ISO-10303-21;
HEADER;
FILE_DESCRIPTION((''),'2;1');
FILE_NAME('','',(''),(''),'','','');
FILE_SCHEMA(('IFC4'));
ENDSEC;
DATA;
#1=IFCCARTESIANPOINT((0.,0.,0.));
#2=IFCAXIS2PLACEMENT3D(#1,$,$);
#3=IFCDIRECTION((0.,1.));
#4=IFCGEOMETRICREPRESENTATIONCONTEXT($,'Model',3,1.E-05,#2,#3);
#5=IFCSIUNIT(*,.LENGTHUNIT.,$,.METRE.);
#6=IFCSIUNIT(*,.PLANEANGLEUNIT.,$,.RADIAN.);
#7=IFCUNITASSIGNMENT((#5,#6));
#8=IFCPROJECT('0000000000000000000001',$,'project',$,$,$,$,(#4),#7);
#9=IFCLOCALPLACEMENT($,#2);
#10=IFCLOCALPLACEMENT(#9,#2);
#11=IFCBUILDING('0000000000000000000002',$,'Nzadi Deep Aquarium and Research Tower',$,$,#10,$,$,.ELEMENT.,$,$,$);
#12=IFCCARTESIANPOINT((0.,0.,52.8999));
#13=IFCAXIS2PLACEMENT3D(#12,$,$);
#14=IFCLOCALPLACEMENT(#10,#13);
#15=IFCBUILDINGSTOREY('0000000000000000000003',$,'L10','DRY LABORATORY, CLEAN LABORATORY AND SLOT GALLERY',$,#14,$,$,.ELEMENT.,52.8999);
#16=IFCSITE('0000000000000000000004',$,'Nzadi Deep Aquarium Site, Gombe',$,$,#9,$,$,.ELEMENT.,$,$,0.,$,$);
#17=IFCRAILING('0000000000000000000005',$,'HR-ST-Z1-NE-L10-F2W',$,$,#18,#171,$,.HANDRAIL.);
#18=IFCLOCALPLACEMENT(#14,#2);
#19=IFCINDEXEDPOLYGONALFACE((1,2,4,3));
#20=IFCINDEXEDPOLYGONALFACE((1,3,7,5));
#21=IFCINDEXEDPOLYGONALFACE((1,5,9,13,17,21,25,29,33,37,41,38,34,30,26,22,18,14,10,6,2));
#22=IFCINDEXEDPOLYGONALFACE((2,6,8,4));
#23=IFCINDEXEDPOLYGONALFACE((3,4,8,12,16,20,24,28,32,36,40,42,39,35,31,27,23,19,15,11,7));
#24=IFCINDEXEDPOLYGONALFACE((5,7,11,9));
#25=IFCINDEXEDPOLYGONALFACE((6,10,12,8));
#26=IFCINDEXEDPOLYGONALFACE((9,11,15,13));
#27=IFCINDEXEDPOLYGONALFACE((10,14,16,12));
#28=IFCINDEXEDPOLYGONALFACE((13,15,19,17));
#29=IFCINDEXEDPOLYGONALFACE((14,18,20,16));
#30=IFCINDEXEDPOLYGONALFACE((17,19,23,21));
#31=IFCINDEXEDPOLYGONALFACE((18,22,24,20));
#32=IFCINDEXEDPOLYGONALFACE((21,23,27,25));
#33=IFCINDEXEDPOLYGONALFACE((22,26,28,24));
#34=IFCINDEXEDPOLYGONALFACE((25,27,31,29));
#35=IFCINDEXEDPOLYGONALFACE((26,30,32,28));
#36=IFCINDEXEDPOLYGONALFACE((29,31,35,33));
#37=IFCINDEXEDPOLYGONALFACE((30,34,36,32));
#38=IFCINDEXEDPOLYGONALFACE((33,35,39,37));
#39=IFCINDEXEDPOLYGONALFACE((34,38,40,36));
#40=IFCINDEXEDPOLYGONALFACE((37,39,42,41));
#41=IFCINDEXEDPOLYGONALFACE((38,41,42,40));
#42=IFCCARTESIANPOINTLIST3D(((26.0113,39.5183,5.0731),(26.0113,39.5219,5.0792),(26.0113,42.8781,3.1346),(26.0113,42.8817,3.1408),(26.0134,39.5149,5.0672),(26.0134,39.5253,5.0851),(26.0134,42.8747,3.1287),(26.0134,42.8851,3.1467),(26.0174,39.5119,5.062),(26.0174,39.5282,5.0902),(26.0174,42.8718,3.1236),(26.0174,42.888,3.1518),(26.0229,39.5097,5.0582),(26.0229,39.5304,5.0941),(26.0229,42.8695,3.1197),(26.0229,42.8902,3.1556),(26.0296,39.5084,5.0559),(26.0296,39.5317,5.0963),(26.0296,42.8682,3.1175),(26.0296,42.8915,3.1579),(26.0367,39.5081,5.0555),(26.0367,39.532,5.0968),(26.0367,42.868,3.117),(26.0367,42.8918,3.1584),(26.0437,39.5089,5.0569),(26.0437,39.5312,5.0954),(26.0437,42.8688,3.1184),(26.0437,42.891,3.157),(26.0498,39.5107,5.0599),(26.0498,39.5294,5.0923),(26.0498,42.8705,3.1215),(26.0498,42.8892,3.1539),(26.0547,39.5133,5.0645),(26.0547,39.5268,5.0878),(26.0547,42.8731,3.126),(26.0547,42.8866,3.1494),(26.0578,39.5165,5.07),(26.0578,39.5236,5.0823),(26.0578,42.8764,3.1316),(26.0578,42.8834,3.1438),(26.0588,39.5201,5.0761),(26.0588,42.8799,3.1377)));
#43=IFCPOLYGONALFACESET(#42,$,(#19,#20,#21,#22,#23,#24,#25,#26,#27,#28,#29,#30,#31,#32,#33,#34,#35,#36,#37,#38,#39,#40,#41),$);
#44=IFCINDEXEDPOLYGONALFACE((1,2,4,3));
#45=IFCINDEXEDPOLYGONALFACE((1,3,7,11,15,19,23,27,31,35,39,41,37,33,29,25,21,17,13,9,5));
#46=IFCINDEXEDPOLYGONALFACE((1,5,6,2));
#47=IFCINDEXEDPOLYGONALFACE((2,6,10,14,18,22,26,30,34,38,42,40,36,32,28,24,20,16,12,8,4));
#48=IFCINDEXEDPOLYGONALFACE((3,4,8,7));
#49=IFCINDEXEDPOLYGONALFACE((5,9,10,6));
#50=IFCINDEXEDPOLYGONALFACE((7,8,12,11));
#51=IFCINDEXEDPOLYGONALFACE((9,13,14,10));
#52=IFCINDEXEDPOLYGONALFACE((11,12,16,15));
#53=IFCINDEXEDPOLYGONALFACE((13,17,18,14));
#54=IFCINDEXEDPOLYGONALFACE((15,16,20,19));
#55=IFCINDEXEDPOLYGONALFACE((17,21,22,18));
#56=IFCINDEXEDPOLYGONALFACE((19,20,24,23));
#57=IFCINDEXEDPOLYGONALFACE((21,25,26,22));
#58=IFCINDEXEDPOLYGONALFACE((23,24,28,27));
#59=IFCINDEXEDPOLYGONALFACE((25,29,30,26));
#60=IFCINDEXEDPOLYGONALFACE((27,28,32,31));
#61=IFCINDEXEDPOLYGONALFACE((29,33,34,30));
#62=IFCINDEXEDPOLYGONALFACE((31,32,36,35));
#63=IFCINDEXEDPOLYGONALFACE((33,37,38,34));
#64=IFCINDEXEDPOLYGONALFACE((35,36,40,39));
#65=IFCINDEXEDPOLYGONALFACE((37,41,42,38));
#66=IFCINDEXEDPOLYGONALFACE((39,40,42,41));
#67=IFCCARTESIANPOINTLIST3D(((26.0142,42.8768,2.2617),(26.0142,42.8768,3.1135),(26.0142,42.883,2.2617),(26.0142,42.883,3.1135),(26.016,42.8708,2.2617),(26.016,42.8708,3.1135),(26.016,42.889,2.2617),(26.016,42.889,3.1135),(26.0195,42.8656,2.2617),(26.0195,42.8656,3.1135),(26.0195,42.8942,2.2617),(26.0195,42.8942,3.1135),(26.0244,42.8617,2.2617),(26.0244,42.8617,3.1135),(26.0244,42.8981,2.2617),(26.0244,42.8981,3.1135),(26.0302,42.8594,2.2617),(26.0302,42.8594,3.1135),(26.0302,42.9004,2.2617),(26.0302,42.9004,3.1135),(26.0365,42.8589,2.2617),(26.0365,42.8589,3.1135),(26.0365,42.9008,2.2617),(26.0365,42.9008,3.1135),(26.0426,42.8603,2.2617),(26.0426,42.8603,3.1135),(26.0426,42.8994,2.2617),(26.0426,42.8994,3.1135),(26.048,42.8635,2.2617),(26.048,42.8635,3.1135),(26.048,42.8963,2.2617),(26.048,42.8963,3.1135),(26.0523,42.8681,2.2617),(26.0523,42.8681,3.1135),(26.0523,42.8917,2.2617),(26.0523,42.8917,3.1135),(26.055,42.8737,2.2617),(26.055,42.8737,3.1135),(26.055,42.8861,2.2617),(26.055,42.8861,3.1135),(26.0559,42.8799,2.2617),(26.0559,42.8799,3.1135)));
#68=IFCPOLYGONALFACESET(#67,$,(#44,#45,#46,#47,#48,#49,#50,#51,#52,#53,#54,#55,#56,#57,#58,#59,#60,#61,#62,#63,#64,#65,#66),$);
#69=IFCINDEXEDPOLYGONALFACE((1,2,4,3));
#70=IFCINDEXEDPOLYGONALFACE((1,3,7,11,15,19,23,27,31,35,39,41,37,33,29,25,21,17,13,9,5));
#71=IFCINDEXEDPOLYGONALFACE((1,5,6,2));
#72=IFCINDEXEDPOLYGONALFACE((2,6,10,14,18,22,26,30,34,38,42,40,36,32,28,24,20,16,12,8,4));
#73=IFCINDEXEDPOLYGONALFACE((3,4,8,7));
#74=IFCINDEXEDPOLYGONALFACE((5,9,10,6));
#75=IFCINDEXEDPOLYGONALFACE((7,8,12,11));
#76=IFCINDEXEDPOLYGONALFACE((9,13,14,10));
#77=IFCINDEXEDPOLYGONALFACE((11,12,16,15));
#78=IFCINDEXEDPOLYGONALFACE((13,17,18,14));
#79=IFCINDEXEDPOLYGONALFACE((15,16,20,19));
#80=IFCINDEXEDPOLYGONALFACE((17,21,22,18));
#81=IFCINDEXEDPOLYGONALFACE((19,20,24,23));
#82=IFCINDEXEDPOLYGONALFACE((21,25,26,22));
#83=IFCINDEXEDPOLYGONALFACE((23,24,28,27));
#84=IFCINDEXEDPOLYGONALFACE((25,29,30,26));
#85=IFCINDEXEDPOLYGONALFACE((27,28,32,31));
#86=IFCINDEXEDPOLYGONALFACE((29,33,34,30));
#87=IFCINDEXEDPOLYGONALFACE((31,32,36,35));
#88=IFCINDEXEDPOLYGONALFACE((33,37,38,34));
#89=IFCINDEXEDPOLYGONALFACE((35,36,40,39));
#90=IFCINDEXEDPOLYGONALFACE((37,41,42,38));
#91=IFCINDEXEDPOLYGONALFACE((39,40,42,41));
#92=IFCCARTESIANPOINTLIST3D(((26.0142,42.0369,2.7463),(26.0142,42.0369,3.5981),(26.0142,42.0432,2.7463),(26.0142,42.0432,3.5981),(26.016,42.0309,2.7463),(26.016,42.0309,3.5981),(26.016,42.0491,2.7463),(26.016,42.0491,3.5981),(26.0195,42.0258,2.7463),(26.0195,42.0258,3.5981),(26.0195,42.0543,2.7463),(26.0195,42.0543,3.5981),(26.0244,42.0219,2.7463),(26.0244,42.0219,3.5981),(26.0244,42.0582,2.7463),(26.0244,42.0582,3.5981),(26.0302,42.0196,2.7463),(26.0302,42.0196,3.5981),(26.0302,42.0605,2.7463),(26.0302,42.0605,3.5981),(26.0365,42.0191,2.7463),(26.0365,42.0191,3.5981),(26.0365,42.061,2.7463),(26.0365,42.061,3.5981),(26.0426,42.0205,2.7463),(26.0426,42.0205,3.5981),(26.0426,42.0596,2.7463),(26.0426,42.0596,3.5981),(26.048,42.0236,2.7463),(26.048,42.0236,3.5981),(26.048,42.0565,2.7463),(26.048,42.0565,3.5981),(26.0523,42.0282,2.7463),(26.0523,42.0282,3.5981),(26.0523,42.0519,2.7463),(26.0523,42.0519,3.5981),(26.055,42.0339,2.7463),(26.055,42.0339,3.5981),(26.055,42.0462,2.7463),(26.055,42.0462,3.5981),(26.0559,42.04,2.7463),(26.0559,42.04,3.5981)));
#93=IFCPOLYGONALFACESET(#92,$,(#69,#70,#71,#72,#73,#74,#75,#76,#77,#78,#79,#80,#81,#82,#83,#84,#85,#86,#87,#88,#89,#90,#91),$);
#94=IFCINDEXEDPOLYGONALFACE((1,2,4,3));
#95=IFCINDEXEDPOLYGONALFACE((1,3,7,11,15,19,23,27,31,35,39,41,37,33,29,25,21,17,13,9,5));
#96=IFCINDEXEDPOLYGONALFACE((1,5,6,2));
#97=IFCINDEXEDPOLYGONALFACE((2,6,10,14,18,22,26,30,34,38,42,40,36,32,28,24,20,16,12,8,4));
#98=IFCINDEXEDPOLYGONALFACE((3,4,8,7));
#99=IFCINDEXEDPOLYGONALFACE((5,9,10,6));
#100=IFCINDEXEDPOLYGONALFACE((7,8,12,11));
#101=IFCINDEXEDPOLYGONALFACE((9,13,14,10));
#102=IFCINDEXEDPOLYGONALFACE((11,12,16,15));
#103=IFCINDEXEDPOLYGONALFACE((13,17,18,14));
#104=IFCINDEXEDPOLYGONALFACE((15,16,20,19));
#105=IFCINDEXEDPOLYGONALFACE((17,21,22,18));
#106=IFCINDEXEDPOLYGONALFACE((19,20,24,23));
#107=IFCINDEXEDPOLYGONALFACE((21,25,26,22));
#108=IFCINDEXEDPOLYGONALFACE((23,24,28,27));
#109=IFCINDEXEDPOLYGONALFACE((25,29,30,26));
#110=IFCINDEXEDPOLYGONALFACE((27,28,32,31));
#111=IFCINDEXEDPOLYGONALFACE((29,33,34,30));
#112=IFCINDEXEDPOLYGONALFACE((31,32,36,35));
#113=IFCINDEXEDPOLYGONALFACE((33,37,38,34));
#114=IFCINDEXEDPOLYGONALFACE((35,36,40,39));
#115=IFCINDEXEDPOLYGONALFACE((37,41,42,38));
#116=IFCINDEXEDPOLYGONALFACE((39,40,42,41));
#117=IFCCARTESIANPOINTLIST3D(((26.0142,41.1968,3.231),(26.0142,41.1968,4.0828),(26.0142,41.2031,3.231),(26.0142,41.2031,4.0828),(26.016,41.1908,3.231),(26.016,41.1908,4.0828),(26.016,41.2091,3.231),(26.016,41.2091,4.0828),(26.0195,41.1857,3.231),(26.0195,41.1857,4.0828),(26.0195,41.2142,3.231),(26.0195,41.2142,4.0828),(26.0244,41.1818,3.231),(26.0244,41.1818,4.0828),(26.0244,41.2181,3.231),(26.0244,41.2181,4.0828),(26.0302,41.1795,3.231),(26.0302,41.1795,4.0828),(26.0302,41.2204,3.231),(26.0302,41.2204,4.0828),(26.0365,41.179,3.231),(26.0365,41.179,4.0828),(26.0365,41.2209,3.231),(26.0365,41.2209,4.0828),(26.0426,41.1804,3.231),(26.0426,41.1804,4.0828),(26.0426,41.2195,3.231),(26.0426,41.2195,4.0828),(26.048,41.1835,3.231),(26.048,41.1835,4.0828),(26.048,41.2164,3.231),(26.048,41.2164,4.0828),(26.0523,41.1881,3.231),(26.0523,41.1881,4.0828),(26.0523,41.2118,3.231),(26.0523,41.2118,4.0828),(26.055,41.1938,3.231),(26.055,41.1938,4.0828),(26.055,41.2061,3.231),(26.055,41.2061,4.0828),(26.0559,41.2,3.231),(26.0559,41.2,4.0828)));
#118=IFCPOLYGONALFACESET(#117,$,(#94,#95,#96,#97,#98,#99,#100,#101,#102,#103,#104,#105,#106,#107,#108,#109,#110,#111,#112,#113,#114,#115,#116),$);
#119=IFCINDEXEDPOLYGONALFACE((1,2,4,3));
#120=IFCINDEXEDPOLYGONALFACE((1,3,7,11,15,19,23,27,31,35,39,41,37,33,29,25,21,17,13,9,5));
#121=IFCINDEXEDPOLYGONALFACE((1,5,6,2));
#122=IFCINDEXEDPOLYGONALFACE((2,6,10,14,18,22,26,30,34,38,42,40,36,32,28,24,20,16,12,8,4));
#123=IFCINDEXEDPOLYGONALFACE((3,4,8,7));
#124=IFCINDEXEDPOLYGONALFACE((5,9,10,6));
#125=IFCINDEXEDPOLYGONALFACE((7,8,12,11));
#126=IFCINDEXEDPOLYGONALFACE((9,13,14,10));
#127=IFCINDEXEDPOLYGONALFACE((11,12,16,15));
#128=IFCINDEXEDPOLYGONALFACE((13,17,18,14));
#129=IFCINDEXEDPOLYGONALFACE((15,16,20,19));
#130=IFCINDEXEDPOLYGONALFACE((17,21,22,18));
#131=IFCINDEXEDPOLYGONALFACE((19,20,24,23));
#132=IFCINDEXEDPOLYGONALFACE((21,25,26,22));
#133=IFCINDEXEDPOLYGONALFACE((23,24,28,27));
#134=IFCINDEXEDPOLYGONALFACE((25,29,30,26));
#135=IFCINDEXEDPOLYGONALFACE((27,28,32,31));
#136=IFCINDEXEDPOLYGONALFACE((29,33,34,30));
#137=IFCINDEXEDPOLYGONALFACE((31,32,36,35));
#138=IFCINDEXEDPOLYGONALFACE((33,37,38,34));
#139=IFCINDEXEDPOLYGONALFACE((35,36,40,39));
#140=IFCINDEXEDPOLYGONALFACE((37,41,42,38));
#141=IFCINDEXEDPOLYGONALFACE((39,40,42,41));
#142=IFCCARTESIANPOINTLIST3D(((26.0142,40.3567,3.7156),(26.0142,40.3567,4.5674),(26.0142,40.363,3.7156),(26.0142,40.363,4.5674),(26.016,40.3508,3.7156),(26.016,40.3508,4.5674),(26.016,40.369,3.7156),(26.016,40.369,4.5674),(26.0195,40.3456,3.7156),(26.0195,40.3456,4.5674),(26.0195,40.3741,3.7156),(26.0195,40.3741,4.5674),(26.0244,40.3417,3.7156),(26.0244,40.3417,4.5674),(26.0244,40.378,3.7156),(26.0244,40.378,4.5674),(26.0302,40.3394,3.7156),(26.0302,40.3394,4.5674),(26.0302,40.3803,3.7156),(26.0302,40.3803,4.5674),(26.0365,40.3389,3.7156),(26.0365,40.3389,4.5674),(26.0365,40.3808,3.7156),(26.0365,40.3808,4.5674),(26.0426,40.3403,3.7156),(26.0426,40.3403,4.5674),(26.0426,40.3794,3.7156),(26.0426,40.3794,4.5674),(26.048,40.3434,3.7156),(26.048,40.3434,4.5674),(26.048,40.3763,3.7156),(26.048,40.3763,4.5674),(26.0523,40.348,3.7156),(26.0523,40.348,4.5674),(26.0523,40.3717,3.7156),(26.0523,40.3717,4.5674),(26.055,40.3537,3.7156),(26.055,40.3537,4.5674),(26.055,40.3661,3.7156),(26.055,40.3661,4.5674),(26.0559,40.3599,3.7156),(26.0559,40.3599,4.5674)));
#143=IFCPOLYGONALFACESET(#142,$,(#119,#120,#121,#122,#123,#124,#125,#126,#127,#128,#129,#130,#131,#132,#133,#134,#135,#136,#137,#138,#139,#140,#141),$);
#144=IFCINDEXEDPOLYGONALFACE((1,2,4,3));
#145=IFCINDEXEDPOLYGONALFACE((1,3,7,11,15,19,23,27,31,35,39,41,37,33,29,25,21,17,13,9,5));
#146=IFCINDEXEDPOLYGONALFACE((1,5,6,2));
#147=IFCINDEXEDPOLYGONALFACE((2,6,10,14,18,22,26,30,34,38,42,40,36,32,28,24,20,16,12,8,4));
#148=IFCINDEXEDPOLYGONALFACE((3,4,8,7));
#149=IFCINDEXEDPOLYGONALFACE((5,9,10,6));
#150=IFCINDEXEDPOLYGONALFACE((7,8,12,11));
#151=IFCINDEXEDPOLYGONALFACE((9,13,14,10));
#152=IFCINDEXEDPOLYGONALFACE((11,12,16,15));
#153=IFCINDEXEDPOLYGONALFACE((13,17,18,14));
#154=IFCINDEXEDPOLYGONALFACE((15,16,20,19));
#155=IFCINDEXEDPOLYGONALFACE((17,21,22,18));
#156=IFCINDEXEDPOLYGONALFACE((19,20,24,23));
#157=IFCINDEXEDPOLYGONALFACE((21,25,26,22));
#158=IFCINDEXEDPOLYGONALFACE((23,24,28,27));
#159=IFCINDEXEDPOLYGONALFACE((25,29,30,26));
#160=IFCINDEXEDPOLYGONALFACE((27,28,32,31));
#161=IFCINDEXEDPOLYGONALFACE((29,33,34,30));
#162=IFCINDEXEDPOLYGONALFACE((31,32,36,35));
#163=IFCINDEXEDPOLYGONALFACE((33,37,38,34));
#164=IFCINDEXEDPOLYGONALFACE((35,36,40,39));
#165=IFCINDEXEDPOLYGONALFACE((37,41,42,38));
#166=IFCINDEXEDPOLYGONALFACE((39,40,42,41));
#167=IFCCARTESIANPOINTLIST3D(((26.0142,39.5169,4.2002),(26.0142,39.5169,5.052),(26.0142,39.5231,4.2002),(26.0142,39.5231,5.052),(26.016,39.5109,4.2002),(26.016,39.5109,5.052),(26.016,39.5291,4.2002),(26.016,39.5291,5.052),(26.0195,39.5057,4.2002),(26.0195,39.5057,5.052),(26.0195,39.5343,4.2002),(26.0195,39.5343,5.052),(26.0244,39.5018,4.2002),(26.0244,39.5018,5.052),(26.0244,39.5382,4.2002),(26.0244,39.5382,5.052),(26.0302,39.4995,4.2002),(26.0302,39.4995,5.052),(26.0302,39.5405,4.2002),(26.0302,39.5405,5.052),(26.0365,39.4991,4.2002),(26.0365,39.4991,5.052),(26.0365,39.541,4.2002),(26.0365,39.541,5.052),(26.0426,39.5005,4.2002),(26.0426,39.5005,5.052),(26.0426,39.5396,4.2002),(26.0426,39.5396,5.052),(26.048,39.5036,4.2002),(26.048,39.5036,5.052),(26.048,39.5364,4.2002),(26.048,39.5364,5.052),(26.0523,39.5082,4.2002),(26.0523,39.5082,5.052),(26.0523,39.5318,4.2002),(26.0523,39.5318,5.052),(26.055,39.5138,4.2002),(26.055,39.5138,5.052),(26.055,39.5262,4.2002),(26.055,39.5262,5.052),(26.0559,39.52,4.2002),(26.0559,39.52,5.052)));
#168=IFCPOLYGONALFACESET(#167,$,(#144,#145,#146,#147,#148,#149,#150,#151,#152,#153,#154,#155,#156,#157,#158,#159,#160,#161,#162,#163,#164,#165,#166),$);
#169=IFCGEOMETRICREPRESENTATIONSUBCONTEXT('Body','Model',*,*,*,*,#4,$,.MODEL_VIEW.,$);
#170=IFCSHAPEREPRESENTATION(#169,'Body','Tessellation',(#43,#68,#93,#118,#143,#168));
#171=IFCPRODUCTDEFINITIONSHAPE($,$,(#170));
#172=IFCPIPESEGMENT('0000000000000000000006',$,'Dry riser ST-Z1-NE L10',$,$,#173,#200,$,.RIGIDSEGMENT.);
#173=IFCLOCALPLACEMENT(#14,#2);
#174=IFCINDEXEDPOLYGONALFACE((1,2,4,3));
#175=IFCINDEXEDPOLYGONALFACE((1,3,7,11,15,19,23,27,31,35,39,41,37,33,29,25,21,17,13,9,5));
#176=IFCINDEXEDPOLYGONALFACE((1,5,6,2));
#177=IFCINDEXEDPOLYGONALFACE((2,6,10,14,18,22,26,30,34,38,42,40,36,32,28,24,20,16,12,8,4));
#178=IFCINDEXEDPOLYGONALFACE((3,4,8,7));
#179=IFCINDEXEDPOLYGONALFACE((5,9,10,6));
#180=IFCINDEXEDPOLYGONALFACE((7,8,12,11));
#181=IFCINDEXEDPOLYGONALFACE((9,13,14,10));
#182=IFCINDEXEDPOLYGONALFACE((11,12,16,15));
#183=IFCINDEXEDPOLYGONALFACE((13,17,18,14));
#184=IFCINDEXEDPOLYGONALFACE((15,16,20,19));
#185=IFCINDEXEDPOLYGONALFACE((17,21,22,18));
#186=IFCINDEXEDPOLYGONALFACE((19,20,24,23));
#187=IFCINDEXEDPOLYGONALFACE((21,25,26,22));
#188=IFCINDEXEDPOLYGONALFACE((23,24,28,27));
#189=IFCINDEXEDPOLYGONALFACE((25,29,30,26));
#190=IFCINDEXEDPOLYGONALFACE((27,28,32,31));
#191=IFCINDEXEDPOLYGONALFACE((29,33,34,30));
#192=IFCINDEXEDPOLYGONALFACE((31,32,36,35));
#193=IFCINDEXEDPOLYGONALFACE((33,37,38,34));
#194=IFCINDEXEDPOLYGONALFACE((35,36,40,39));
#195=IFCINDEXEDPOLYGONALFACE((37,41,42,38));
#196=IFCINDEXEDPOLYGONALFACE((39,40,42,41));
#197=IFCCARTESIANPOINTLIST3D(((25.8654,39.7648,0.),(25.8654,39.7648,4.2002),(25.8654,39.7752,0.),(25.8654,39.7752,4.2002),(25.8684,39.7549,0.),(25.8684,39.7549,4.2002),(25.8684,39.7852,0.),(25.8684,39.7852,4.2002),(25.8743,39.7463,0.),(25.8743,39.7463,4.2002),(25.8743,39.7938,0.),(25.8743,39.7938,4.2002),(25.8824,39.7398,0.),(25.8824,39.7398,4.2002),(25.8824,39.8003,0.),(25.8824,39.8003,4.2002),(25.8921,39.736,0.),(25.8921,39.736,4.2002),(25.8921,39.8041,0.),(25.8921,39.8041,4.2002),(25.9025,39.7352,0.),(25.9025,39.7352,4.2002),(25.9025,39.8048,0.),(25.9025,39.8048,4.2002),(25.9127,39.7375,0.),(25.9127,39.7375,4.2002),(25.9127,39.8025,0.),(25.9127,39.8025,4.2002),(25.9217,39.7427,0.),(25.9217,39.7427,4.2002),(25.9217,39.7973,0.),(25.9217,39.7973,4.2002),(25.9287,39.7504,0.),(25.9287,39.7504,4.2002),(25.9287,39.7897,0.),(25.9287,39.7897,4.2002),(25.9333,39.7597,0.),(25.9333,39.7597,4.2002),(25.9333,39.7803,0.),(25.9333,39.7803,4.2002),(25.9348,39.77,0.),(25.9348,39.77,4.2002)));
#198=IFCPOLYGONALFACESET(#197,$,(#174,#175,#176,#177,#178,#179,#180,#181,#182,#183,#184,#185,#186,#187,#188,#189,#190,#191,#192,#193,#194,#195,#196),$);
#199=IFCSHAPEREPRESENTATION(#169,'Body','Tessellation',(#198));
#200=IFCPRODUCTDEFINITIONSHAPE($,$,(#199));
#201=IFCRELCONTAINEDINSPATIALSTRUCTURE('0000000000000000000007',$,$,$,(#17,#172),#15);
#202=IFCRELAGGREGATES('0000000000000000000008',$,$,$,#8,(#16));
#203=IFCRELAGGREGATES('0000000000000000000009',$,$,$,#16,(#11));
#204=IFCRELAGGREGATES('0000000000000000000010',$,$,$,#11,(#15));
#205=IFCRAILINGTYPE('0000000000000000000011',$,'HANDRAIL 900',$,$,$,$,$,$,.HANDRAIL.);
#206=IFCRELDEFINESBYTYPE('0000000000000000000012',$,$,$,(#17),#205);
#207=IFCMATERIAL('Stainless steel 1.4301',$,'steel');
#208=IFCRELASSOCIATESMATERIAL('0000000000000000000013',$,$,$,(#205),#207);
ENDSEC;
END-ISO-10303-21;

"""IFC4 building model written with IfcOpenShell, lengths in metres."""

from ifc_helpers import new_model, si_unit, direction, frame, origin, origin_2d, place, context, subcontext, project, spatial, circle, extrude, material, type_object, element, save


model = new_model("IFC4")

# Units and contexts
model_context = context("Model", 3, precision=1e-05, world=origin(), true_north=direction((0.0, 1.0)))
body_context = subcontext(model_context, "Body", "Model", "MODEL_VIEW")
ifc_project = project(units=[si_unit("LENGTHUNIT", "METRE"), si_unit("PLANEANGLEUNIT", "RADIAN")], contexts=[model_context])

# Site, building, storey
site_placement = place(None, origin())
site = spatial("IfcSite", under=ifc_project, at=site_placement, Name="Nzadi Deep Aquarium Site, Gombe", CompositionType="ELEMENT", RefElevation=0.0)
building_placement = place(site_placement, origin())
building = spatial("IfcBuilding", under=site, at=building_placement, Name="Nzadi Deep Aquarium and Research Tower", CompositionType="ELEMENT")
storey_placement = place(building_placement, frame((0.0, 0.0, 52.8999)))
storey = spatial("IfcBuildingStorey", under=building, at=storey_placement, Name="L10", Description="DRY LABORATORY, CLEAN LABORATORY AND SLOT GALLERY", CompositionType="ELEMENT", Elevation=52.8999)

# Railing
ifc_material_1 = material(Name="Stainless steel 1.4301", Category="steel")
railing_type = type_object("IfcRailingType", Name="HANDRAIL 900", PredefinedType="HANDRAIL", material=ifc_material_1)
for number, where, name in (
    (1, (26.0349, 42.8799, 2.2617), "HR-ST-Z1-NE-L10-F2W"),
):
    element("IfcRailing", number, at=place(storey_placement, frame(where)), inside=storey, type_object=railing_type, Name=name, PredefinedType="HANDRAIL", context=body_context, shape_type="SweptSolid", body=[
        extrude(circle(Radius=0.0239, at=origin_2d()), frame((0.0, 0.0, 0.876), z_axis=(0.0, -0.866175, 0.499741), x_axis=(1.0, 0.0, 0.0)), (0.0, 0.0, 1.0), 3.8789),
        extrude(circle(Radius=0.021, at=origin_2d()), origin(), (0.0, 0.0, 1.0), 0.8518),
        extrude(circle(Radius=0.021, at=origin_2d()), frame((0.0, -0.8398, 0.4846)), (0.0, 0.0, 1.0), 0.8518),
        extrude(circle(Radius=0.021, at=origin_2d()), frame((0.0, -1.6799, 0.9692)), (0.0, 0.0, 1.0), 0.8518),
        extrude(circle(Radius=0.021, at=origin_2d()), frame((0.0, -2.52, 1.4539)), (0.0, 0.0, 1.0), 0.8518),
        extrude(circle(Radius=0.021, at=origin_2d()), frame((0.0, -3.3599, 1.9385)), (0.0, 0.0, 1.0), 0.8518),
    ])

# Pipe segment
pipe_segment_placement = place(storey_placement, frame((25.8999, 39.77, 0.0), z_axis=(0.0, 0.0, 1.0), x_axis=(1.0, 0.0, 0.0)))
element("IfcPipeSegment", 2, at=pipe_segment_placement, inside=storey, Name="Dry riser ST-Z1-NE L10", PredefinedType="RIGIDSEGMENT", context=body_context, shape_type="SweptSolid", body=[
    extrude(circle(Radius=0.0349, at=origin_2d()), origin(), (0.0, 0.0, 1.0), 4.2002),
])

save(model, "model.ifc")
